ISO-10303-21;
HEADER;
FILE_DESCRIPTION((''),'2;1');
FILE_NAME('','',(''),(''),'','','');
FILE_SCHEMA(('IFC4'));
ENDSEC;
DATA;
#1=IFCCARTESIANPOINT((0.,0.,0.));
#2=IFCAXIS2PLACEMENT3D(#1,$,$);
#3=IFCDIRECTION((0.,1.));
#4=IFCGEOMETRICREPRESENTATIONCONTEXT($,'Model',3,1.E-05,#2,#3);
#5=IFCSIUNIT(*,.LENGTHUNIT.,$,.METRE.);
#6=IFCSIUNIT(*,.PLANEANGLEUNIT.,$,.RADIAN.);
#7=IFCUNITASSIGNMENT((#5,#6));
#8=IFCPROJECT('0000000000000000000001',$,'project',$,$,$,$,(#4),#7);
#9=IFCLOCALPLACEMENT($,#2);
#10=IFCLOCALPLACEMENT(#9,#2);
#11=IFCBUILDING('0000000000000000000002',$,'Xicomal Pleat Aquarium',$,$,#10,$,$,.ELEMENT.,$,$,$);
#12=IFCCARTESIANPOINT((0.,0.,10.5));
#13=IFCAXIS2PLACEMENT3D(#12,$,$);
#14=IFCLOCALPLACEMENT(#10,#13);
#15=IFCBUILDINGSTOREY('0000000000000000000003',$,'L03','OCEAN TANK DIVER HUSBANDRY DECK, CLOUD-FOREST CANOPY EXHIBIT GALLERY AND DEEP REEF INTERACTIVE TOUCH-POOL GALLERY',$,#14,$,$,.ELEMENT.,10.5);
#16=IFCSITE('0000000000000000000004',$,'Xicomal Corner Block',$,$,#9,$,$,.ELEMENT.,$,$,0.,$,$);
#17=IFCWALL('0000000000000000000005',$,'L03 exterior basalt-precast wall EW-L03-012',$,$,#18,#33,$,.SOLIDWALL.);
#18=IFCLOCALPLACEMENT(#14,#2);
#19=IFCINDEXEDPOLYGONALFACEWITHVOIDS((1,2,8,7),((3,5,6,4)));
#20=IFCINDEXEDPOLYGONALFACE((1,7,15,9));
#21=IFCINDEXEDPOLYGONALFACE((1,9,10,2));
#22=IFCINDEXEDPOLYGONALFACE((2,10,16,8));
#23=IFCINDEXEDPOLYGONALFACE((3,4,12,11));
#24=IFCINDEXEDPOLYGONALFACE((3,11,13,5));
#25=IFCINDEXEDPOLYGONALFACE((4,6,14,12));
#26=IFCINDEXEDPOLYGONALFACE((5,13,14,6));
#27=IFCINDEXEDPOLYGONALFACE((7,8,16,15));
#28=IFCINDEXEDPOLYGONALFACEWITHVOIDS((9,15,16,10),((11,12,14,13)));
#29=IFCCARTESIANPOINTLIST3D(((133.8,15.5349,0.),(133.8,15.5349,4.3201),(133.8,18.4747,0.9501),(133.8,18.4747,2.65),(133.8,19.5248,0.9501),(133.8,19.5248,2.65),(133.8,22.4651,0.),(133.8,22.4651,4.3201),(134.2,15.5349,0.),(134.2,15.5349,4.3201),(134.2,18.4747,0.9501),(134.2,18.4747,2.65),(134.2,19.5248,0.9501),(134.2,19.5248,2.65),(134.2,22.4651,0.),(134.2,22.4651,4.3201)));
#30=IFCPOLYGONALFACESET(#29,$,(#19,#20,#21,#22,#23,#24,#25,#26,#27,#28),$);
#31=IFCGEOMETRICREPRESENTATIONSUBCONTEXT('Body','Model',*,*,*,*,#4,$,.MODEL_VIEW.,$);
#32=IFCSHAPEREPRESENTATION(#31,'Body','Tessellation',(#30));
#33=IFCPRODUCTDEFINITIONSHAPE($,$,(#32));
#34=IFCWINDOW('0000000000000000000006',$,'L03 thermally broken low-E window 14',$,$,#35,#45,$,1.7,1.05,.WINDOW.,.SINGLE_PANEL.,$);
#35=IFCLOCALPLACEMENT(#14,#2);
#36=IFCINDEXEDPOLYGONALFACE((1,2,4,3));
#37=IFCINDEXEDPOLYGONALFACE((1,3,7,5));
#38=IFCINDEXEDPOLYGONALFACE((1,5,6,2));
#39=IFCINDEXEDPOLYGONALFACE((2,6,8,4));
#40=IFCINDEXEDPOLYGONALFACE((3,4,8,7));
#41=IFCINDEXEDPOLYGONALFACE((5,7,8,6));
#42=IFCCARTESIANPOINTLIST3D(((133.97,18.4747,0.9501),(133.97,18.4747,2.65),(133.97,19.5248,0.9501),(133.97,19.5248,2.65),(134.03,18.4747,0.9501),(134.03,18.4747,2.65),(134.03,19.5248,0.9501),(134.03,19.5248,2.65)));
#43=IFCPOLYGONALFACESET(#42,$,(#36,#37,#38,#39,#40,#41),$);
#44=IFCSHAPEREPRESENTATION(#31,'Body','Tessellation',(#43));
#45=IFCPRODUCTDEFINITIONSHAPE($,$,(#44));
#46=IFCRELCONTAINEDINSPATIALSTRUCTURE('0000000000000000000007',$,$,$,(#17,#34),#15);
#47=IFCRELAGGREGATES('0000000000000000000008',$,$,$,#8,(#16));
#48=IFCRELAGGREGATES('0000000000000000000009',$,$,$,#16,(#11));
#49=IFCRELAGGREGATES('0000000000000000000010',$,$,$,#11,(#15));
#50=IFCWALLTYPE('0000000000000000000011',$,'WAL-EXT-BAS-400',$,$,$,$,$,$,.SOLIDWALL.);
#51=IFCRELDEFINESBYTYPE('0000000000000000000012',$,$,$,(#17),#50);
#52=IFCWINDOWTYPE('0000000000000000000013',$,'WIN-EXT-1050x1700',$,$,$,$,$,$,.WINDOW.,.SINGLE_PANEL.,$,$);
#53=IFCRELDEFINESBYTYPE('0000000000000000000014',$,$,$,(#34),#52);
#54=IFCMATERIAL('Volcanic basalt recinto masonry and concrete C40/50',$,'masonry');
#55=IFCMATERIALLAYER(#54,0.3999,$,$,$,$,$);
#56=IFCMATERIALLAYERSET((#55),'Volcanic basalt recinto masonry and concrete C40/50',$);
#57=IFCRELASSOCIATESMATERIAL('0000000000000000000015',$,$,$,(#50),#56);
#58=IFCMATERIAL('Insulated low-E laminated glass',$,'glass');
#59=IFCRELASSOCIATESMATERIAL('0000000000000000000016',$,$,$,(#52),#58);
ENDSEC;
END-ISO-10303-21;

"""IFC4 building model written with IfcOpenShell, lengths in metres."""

from ifc_helpers import new_model, si_unit, direction, frame, frame_2d, origin, place, context, subcontext, project, spatial, rectangle, extrude, material, layer, layer_set, type_object, element, fill, save


model = new_model("IFC4")

# Units and contexts
model_context = context("Model", 3, precision=1e-05, world=origin(), true_north=direction((0.0, 1.0)))
body_context = subcontext(model_context, "Body", "Model", "MODEL_VIEW")
ifc_project = project(units=[si_unit("LENGTHUNIT", "METRE"), si_unit("PLANEANGLEUNIT", "RADIAN")], contexts=[model_context])

# Site, building, storey
site_placement = place(None, origin())
site = spatial("IfcSite", under=ifc_project, at=site_placement, Name="Xicomal Corner Block", CompositionType="ELEMENT", RefElevation=0.0)
building_placement = place(site_placement, origin())
building = spatial("IfcBuilding", under=site, at=building_placement, Name="Xicomal Pleat Aquarium", CompositionType="ELEMENT")
storey_placement = place(building_placement, frame((0.0, 0.0, 10.5)))
storey = spatial("IfcBuildingStorey", under=building, at=storey_placement, Name="L03", Description="OCEAN TANK DIVER HUSBANDRY DECK, CLOUD-FOREST CANOPY EXHIBIT GALLERY AND DEEP REEF INTERACTIVE TOUCH-POOL GALLERY", CompositionType="ELEMENT", Elevation=10.5)

# Wall, opening, window
ifc_material_1 = material(Name="Volcanic basalt recinto masonry and concrete C40/50", Category="masonry")
ifc_layer_1 = layer(ifc_material_1, 0.3999)
ifc_layer_set_1 = layer_set([ifc_layer_1], Name="Volcanic basalt recinto masonry and concrete C40/50")
wall_type = type_object("IfcWallType", Name="WAL-EXT-BAS-400", PredefinedType="SOLIDWALL", material=ifc_layer_set_1)
wall_placement = place(storey_placement, frame((134.0, 15.5349, 0.0), z_axis=(0.0, 0.0, 1.0), x_axis=(0.0, 1.0, 0.0)))
wall = element("IfcWall", 1, at=wall_placement, inside=storey, type_object=wall_type, Name="L03 exterior basalt-precast wall EW-L03-012", PredefinedType="SOLIDWALL", context=body_context, shape_type="SweptSolid", body=[
    extrude(rectangle(XDim=6.9302, YDim=0.3999, at=frame_2d((3.4651, 0.0))), origin(), (0.0, 0.0, 1.0), 4.3201),
])
opening_placement = place(wall_placement, frame((2.9399, 0.0, 0.95)))
opening = element("IfcOpeningElement", 2, at=opening_placement, cuts=wall, PredefinedType="OPENING", context=body_context, shape_type="SweptSolid", body=[
    extrude(rectangle(XDim=1.05, YDim=1.7, at=frame_2d((0.5249, 0.8501))), frame((0.0, 0.21, 0.0), z_axis=(0.0, -1.0, 0.0), x_axis=(1.0, 0.0, 0.0)), (0.0, 0.0, 1.0), 0.4199),
])
ifc_material_2 = material(Name="Insulated low-E laminated glass", Category="glass")
window_type = type_object("IfcWindowType", Name="WIN-EXT-1050x1700", PartitioningType="SINGLE_PANEL", PredefinedType="WINDOW", material=ifc_material_2)
window_placement = place(opening_placement, origin())
window = element("IfcWindow", 3, at=window_placement, inside=storey, type_object=window_type, Name="L03 thermally broken low-E window 14", OverallHeight=1.7, OverallWidth=1.05, PartitioningType="SINGLE_PANEL", PredefinedType="WINDOW", context=body_context, shape_type="SweptSolid", body=[
    extrude(rectangle(XDim=1.05, YDim=1.7, at=frame_2d((0.5249, 0.8501))), frame((0.0, 0.03, 0.0), z_axis=(0.0, -1.0, 0.0), x_axis=(1.0, 0.0, 0.0)), (0.0, 0.0, 1.0), 0.0601),
])
fill(opening, window)

save(model, "model.ifc")
